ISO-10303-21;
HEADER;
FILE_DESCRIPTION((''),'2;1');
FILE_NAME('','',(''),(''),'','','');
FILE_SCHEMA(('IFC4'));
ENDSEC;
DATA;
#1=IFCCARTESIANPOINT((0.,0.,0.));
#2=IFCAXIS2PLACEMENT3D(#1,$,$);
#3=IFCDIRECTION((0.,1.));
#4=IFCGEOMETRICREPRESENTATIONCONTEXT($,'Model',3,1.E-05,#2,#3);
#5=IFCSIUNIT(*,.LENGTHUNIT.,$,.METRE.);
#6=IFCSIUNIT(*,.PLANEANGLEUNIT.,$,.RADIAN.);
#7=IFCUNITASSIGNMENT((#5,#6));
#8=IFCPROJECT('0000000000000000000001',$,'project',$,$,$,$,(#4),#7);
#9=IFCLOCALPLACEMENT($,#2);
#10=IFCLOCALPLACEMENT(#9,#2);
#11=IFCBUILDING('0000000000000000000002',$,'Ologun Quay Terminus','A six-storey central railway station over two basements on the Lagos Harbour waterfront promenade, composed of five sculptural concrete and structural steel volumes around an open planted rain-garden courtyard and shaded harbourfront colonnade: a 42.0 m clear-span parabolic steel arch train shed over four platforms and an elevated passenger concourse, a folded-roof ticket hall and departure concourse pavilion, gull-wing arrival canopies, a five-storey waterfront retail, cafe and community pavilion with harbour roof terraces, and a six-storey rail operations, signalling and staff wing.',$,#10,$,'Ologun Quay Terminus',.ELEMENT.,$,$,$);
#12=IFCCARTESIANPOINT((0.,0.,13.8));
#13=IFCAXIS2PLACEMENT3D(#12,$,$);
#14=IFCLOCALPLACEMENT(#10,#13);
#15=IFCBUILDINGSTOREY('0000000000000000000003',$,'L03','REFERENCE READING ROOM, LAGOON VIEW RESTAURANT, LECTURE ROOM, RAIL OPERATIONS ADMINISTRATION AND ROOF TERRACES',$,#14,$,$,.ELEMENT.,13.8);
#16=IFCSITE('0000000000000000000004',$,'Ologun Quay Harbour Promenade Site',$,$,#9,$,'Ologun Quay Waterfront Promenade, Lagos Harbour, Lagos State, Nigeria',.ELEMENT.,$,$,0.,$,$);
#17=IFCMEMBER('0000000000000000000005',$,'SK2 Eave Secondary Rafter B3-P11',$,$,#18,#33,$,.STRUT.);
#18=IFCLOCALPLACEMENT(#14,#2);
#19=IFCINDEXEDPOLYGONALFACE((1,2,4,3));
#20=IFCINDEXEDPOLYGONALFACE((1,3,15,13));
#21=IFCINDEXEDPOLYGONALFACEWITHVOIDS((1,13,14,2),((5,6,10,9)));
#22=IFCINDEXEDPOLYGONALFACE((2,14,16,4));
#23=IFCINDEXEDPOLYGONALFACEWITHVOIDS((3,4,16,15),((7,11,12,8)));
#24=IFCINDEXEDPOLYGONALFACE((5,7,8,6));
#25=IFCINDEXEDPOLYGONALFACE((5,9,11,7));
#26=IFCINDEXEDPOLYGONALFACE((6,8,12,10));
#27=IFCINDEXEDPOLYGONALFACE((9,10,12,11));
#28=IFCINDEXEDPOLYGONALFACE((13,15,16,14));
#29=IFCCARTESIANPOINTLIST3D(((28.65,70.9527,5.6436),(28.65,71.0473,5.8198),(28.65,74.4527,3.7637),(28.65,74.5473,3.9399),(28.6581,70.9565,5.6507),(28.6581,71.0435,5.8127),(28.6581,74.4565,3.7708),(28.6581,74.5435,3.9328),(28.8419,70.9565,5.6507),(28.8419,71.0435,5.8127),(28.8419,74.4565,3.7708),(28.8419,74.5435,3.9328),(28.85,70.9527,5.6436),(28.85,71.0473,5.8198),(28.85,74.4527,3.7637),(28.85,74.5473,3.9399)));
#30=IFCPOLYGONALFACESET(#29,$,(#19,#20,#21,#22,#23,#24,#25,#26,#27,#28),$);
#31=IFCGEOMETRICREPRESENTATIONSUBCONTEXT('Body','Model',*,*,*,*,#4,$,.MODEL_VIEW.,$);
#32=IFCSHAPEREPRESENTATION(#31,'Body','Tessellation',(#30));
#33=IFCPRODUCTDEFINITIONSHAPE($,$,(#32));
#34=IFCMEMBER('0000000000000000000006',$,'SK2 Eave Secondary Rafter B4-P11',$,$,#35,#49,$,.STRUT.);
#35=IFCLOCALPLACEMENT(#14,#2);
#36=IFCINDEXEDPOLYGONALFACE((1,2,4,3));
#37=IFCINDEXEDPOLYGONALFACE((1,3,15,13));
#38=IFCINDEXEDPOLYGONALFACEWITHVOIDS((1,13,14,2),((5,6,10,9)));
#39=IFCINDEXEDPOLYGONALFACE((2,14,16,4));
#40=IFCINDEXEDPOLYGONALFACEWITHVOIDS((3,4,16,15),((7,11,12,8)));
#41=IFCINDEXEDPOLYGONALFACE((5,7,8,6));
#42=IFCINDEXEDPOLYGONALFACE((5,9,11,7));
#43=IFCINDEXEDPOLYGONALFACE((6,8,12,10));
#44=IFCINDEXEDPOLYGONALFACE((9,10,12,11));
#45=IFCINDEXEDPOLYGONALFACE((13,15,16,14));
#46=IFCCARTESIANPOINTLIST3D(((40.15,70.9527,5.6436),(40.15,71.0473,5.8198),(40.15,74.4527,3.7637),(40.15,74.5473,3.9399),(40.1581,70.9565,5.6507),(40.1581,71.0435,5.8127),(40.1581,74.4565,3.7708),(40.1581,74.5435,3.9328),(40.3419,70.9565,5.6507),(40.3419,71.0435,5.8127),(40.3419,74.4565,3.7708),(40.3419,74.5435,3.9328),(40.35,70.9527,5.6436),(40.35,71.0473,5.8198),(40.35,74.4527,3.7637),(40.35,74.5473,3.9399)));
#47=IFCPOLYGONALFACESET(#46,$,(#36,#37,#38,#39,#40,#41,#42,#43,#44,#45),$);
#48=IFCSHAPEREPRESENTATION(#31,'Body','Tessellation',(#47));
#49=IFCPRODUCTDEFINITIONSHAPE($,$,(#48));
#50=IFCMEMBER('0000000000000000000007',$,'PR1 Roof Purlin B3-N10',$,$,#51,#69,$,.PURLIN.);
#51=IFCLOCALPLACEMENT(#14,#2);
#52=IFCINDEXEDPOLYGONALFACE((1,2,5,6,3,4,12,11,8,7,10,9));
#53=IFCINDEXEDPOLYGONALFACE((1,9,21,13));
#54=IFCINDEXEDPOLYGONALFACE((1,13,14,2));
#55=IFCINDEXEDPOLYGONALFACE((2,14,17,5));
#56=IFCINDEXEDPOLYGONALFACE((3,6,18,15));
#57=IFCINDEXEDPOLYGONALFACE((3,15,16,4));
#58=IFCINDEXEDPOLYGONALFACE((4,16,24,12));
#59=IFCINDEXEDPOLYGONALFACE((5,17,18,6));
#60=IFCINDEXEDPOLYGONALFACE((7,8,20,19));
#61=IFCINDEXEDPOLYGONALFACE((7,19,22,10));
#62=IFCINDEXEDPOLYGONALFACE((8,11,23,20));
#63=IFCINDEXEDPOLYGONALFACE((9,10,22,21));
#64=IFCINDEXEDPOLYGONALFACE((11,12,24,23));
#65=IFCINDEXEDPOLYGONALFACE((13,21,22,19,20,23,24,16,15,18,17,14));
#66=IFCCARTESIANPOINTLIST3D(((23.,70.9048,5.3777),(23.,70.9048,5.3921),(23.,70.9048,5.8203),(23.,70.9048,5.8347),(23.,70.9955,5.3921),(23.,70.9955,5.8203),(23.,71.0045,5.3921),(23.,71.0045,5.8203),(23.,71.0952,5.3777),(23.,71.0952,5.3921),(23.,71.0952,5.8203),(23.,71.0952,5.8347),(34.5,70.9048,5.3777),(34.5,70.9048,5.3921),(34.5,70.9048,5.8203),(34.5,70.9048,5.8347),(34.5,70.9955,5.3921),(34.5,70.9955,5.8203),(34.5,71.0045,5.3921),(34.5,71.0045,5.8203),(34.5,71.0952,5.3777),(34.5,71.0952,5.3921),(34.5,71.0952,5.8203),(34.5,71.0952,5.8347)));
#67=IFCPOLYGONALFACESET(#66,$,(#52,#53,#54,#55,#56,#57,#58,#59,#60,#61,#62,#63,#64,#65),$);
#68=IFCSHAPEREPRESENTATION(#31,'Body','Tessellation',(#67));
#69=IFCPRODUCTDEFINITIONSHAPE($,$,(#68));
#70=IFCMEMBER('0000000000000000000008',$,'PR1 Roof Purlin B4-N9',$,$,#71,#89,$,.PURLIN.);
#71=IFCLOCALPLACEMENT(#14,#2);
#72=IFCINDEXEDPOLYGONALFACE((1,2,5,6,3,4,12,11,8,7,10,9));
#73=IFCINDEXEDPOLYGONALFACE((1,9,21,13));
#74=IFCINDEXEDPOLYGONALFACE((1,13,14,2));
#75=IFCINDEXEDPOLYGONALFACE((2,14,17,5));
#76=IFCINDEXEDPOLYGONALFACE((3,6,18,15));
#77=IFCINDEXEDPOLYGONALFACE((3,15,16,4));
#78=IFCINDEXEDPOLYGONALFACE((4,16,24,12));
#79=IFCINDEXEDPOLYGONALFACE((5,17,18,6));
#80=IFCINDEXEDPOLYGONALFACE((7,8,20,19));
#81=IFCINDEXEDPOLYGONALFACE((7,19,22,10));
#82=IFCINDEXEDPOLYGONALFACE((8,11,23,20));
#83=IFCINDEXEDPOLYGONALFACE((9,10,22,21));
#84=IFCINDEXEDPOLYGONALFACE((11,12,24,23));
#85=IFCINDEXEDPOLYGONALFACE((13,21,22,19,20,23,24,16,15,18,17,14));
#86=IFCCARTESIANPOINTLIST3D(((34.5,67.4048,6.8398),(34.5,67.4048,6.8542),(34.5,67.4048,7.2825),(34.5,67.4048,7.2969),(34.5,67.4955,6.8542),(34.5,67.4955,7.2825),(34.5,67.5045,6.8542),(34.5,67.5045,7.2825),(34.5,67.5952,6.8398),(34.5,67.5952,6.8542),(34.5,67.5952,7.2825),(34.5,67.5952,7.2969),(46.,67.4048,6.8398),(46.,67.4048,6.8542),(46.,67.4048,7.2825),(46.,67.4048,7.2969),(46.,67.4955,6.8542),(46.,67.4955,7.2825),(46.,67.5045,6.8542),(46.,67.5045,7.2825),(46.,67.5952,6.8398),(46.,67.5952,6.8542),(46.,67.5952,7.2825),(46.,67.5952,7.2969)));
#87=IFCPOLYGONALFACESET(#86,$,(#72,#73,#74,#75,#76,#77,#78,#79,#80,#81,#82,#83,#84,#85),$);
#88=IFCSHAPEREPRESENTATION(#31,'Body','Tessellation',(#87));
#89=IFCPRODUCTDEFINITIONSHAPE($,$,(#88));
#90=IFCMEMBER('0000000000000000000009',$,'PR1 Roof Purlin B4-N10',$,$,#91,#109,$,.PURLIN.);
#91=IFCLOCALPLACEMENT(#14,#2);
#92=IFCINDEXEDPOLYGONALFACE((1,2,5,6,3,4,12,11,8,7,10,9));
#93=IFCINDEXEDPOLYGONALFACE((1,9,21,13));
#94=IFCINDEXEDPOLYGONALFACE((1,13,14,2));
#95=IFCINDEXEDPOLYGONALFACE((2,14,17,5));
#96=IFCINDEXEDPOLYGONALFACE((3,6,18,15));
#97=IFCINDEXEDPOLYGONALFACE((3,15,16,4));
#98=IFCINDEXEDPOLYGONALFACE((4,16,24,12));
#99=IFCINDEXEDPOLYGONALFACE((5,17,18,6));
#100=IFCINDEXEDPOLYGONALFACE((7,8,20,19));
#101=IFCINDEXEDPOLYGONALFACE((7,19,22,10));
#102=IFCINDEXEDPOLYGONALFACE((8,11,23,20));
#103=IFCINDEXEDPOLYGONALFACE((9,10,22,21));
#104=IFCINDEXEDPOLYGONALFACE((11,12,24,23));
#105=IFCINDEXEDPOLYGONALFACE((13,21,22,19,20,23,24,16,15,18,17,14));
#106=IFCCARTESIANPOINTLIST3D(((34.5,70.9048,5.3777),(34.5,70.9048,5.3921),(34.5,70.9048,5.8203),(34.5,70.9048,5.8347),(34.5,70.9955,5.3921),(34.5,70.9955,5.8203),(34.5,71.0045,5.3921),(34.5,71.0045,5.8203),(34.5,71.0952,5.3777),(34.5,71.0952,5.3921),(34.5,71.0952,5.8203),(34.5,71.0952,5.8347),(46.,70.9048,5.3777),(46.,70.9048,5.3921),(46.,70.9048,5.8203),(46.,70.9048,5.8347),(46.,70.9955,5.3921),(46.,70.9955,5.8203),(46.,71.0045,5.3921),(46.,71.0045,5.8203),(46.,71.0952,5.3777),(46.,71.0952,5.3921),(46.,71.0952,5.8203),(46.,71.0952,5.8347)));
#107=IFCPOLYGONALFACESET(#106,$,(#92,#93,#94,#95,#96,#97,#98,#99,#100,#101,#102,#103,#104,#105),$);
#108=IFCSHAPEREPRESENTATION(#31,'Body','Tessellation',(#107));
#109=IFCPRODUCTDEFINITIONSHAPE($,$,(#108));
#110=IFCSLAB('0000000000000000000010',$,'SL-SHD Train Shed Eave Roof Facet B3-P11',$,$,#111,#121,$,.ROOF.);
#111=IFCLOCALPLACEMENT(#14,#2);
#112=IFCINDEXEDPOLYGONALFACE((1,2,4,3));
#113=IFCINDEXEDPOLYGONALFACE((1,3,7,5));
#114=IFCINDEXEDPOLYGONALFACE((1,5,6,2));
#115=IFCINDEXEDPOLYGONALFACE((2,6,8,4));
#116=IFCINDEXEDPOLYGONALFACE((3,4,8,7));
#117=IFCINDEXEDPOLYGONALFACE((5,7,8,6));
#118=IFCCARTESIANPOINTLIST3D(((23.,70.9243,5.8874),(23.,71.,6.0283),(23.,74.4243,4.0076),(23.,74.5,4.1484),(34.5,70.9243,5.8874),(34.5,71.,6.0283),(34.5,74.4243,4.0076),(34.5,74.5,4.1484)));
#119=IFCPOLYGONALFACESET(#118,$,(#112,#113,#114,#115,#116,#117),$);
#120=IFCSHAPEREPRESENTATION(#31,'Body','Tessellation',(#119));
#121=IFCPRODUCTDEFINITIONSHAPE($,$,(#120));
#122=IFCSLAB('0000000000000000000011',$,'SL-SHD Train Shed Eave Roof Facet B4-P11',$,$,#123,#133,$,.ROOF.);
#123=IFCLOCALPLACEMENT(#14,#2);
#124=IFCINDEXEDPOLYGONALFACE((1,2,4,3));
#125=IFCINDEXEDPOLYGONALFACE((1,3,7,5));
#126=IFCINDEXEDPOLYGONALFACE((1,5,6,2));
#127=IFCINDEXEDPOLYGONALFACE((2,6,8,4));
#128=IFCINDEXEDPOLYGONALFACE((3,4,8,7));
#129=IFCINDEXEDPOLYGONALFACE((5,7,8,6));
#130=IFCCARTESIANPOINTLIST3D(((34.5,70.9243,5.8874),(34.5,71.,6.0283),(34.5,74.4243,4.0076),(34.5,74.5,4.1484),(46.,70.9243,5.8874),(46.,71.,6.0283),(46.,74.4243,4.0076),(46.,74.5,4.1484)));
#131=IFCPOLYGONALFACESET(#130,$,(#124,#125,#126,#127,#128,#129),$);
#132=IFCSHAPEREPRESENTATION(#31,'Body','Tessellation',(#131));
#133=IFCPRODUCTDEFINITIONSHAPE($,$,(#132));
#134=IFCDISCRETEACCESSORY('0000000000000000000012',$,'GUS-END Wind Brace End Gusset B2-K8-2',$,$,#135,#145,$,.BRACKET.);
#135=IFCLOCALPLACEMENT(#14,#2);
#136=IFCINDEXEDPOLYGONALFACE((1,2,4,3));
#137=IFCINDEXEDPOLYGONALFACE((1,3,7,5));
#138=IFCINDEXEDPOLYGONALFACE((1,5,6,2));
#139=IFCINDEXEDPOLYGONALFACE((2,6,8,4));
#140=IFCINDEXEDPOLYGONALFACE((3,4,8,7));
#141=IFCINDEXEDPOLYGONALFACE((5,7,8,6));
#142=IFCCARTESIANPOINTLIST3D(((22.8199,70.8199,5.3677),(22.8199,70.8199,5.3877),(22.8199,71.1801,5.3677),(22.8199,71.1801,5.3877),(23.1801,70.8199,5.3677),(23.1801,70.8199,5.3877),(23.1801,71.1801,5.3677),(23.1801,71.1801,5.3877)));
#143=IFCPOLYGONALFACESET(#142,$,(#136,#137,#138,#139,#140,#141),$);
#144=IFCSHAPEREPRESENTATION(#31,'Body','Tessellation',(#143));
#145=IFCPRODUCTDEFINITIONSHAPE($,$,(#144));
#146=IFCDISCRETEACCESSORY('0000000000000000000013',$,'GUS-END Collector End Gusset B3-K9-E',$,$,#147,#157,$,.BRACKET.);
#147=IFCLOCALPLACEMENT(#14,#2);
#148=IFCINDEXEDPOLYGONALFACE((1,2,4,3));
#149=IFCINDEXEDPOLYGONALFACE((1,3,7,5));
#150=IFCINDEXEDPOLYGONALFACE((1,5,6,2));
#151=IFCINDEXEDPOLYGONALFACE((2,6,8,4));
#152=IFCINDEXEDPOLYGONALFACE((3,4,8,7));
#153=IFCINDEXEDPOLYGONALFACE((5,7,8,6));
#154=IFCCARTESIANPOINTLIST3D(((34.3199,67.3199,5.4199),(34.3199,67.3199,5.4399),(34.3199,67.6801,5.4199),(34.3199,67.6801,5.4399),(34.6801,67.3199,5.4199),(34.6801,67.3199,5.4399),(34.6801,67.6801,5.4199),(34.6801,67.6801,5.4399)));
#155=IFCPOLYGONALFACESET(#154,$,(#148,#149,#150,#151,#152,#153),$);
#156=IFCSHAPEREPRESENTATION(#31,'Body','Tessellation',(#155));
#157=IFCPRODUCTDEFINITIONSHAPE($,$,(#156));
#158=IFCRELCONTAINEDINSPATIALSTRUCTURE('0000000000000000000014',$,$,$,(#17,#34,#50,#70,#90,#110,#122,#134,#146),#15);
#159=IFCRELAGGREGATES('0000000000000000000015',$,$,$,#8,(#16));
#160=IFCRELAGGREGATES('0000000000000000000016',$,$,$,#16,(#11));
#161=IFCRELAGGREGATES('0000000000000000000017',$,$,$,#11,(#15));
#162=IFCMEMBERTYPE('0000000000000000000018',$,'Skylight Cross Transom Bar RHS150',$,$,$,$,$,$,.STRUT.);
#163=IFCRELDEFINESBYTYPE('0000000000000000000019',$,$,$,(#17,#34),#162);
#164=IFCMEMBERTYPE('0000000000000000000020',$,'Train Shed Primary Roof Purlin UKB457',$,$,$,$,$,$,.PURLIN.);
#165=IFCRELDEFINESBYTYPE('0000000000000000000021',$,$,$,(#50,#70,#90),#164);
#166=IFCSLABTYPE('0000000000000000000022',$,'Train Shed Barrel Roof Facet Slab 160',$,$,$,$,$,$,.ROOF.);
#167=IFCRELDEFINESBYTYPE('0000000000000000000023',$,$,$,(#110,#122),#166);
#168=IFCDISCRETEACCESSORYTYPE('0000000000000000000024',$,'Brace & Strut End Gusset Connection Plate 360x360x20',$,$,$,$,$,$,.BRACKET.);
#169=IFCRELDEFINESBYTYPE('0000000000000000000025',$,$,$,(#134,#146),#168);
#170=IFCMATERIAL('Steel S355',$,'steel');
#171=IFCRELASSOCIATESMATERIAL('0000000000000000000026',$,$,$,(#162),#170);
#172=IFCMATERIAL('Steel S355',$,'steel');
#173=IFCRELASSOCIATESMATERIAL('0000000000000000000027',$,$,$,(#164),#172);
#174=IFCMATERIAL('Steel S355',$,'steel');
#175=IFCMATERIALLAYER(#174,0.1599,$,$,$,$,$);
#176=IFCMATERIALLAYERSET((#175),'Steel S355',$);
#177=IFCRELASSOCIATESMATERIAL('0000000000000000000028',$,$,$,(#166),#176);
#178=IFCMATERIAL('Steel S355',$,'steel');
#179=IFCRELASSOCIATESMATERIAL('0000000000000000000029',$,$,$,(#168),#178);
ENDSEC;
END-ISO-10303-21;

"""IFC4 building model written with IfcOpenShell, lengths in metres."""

from ifc_helpers import new_model, si_unit, direction, frame, origin, origin_2d, place, context, subcontext, project, spatial, polyline, rectangle, hollow_rectangle, i_section, outline, extrude, material, layer, layer_set, material_profile, profile_set, type_object, element, save


model = new_model("IFC4")

# Units and contexts
model_context = context("Model", 3, precision=1e-05, world=origin(), true_north=direction((0.0, 1.0)))
body_context = subcontext(model_context, "Body", "Model", "MODEL_VIEW")
ifc_project = project(units=[si_unit("LENGTHUNIT", "METRE"), si_unit("PLANEANGLEUNIT", "RADIAN")], contexts=[model_context])

# Site, building, storey
site_placement = place(None, origin())
site = spatial("IfcSite", under=ifc_project, at=site_placement, Name="Ologun Quay Harbour Promenade Site", LongName="Ologun Quay Waterfront Promenade, Lagos Harbour, Lagos State, Nigeria", CompositionType="ELEMENT", RefElevation=0.0)
building_placement = place(site_placement, origin())
building = spatial("IfcBuilding", under=site, at=building_placement, Name="Ologun Quay Terminus", Description="A six-storey central railway station over two basements on the Lagos Harbour waterfront promenade, composed of five sculptural concrete and structural steel volumes around an open planted rain-garden courtyard and shaded harbourfront colonnade: a 42.0 m clear-span parabolic steel arch train shed over four platforms and an elevated passenger concourse, a folded-roof ticket hall and departure concourse pavilion, gull-wing arrival canopies, a five-storey waterfront retail, cafe and community pavilion with harbour roof terraces, and a six-storey rail operations, signalling and staff wing.", LongName="Ologun Quay Terminus", CompositionType="ELEMENT")
storey_placement = place(building_placement, frame((0.0, 0.0, 13.8)))
storey = spatial("IfcBuildingStorey", under=building, at=storey_placement, Name="L03", Description="REFERENCE READING ROOM, LAGOON VIEW RESTAURANT, LECTURE ROOM, RAIL OPERATIONS ADMINISTRATION AND ROOF TERRACES", CompositionType="ELEMENT", Elevation=13.8)

# Members
ifc_material_1 = material(Name="Steel S355", Category="steel")
ifc_material_profile_1 = material_profile(ifc_material_1, hollow_rectangle(XDim=0.2, YDim=0.2, WallThickness=0.0081, at=origin_2d()), Name="SHS 200x200x8")
ifc_profile_set_1 = profile_set([ifc_material_profile_1], Name="Steel S355")
member_type_1 = type_object("IfcMemberType", Name="Skylight Cross Transom Bar RHS150", PredefinedType="STRUT", material=ifc_profile_set_1)
for number, where, z_axis, x_axis, name in (
    (1, (28.75, 71.0, 5.7317), (0.0, 0.880968, -0.473176), (-1.0, 0.0, 0.0), "SK2 Eave Secondary Rafter B3-P11"),
    (2, (40.25, 71.0, 5.7317), (0.0, 0.880968, -0.473176), (-1.0, 0.0, 0.0), "SK2 Eave Secondary Rafter B4-P11"),
):
    element("IfcMember", number, at=place(storey_placement, frame(where, z_axis=z_axis, x_axis=x_axis)), inside=storey, type_object=member_type_1, Name=name, PredefinedType="STRUT", context=body_context, shape_type="SweptSolid", body=[
        extrude(hollow_rectangle(XDim=0.2, YDim=0.2, WallThickness=0.0081, at=origin_2d()), origin(), (0.0, 0.0, 1.0), 3.9729),
    ])
ifc_material_2 = material(Name="Steel S355", Category="steel")
ifc_material_profile_2 = material_profile(ifc_material_2, i_section(OverallWidth=0.1904, OverallDepth=0.457, WebThickness=0.009, FlangeThickness=0.0144, at=origin_2d()), Name="UKB 457x191x74")
ifc_profile_set_2 = profile_set([ifc_material_profile_2], Name="Steel S355")
member_type_2 = type_object("IfcMemberType", Name="Train Shed Primary Roof Purlin UKB457", PredefinedType="PURLIN", material=ifc_profile_set_2)
for number, where, z_axis, x_axis, name in (
    (3, (23.0, 71.0, 5.6062), (1.0, 0.0, 0.0), (0.0, 1.0, 0.0), "PR1 Roof Purlin B3-N10"),
    (4, (34.5, 67.5, 7.0684), (1.0, 0.0, 0.0), (0.0, 1.0, 0.0), "PR1 Roof Purlin B4-N9"),
    (5, (34.5, 71.0, 5.6062), (1.0, 0.0, 0.0), (0.0, 1.0, 0.0), "PR1 Roof Purlin B4-N10"),
):
    element("IfcMember", number, at=place(storey_placement, frame(where, z_axis=z_axis, x_axis=x_axis)), inside=storey, type_object=member_type_2, Name=name, PredefinedType="PURLIN", context=body_context, shape_type="SweptSolid", body=[
        extrude(i_section(OverallWidth=0.1904, OverallDepth=0.457, WebThickness=0.009, FlangeThickness=0.0144, at=origin_2d()), origin(), (0.0, 0.0, 1.0), 11.5),
    ])

# Slabs
ifc_material_3 = material(Name="Steel S355", Category="steel")
ifc_layer = layer(ifc_material_3, 0.1599)
ifc_layer_set = layer_set([ifc_layer], Name="Steel S355")
slab_type = type_object("IfcSlabType", Name="Train Shed Barrel Roof Facet Slab 160", PredefinedType="ROOF", material=ifc_layer_set)
for number, where, z_axis, x_axis, name in (
    (6, (23.0, 71.0, 6.0283), (0.0, 0.473176, 0.880968), (1.0, 0.0, 0.0), "SL-SHD Train Shed Eave Roof Facet B3-P11"),
    (7, (34.5, 71.0, 6.0283), (0.0, 0.473176, 0.880968), (1.0, 0.0, 0.0), "SL-SHD Train Shed Eave Roof Facet B4-P11"),
):
    element("IfcSlab", number, at=place(storey_placement, frame(where, z_axis=z_axis, x_axis=x_axis)), inside=storey, type_object=slab_type, Name=name, PredefinedType="ROOF", context=body_context, shape_type="SweptSolid", body=[
        extrude(outline(polyline([(0.0, 0.0), (11.5, 0.0), (11.5, 3.9729), (0.0, 3.9729), (0.0, 0.0)])), origin(), (0.0, 0.0, -1.0), 0.1599),
    ])

# Discrete accessories
ifc_material_4 = material(Name="Steel S355", Category="steel")
discrete_accessory_type = type_object("IfcDiscreteAccessoryType", Name="Brace & Strut End Gusset Connection Plate 360x360x20", PredefinedType="BRACKET", material=ifc_material_4)
for number, where, z_axis, x_axis, name in (
    (8, (23.0, 71.0, 5.3677), (0.0, 0.0, 1.0), (1.0, 0.0, 0.0), "GUS-END Wind Brace End Gusset B2-K8-2"),
    (9, (34.5, 67.5, 5.4199), (0.0, 0.0, 1.0), (1.0, 0.0, 0.0), "GUS-END Collector End Gusset B3-K9-E"),
):
    element("IfcDiscreteAccessory", number, at=place(storey_placement, frame(where, z_axis=z_axis, x_axis=x_axis)), inside=storey, type_object=discrete_accessory_type, Name=name, PredefinedType="BRACKET", context=body_context, shape_type="SweptSolid", body=[
        extrude(rectangle(XDim=0.3601, YDim=0.3601, at=origin_2d()), origin(), (0.0, 0.0, 1.0), 0.02),
    ])

save(model, "model.ifc")
